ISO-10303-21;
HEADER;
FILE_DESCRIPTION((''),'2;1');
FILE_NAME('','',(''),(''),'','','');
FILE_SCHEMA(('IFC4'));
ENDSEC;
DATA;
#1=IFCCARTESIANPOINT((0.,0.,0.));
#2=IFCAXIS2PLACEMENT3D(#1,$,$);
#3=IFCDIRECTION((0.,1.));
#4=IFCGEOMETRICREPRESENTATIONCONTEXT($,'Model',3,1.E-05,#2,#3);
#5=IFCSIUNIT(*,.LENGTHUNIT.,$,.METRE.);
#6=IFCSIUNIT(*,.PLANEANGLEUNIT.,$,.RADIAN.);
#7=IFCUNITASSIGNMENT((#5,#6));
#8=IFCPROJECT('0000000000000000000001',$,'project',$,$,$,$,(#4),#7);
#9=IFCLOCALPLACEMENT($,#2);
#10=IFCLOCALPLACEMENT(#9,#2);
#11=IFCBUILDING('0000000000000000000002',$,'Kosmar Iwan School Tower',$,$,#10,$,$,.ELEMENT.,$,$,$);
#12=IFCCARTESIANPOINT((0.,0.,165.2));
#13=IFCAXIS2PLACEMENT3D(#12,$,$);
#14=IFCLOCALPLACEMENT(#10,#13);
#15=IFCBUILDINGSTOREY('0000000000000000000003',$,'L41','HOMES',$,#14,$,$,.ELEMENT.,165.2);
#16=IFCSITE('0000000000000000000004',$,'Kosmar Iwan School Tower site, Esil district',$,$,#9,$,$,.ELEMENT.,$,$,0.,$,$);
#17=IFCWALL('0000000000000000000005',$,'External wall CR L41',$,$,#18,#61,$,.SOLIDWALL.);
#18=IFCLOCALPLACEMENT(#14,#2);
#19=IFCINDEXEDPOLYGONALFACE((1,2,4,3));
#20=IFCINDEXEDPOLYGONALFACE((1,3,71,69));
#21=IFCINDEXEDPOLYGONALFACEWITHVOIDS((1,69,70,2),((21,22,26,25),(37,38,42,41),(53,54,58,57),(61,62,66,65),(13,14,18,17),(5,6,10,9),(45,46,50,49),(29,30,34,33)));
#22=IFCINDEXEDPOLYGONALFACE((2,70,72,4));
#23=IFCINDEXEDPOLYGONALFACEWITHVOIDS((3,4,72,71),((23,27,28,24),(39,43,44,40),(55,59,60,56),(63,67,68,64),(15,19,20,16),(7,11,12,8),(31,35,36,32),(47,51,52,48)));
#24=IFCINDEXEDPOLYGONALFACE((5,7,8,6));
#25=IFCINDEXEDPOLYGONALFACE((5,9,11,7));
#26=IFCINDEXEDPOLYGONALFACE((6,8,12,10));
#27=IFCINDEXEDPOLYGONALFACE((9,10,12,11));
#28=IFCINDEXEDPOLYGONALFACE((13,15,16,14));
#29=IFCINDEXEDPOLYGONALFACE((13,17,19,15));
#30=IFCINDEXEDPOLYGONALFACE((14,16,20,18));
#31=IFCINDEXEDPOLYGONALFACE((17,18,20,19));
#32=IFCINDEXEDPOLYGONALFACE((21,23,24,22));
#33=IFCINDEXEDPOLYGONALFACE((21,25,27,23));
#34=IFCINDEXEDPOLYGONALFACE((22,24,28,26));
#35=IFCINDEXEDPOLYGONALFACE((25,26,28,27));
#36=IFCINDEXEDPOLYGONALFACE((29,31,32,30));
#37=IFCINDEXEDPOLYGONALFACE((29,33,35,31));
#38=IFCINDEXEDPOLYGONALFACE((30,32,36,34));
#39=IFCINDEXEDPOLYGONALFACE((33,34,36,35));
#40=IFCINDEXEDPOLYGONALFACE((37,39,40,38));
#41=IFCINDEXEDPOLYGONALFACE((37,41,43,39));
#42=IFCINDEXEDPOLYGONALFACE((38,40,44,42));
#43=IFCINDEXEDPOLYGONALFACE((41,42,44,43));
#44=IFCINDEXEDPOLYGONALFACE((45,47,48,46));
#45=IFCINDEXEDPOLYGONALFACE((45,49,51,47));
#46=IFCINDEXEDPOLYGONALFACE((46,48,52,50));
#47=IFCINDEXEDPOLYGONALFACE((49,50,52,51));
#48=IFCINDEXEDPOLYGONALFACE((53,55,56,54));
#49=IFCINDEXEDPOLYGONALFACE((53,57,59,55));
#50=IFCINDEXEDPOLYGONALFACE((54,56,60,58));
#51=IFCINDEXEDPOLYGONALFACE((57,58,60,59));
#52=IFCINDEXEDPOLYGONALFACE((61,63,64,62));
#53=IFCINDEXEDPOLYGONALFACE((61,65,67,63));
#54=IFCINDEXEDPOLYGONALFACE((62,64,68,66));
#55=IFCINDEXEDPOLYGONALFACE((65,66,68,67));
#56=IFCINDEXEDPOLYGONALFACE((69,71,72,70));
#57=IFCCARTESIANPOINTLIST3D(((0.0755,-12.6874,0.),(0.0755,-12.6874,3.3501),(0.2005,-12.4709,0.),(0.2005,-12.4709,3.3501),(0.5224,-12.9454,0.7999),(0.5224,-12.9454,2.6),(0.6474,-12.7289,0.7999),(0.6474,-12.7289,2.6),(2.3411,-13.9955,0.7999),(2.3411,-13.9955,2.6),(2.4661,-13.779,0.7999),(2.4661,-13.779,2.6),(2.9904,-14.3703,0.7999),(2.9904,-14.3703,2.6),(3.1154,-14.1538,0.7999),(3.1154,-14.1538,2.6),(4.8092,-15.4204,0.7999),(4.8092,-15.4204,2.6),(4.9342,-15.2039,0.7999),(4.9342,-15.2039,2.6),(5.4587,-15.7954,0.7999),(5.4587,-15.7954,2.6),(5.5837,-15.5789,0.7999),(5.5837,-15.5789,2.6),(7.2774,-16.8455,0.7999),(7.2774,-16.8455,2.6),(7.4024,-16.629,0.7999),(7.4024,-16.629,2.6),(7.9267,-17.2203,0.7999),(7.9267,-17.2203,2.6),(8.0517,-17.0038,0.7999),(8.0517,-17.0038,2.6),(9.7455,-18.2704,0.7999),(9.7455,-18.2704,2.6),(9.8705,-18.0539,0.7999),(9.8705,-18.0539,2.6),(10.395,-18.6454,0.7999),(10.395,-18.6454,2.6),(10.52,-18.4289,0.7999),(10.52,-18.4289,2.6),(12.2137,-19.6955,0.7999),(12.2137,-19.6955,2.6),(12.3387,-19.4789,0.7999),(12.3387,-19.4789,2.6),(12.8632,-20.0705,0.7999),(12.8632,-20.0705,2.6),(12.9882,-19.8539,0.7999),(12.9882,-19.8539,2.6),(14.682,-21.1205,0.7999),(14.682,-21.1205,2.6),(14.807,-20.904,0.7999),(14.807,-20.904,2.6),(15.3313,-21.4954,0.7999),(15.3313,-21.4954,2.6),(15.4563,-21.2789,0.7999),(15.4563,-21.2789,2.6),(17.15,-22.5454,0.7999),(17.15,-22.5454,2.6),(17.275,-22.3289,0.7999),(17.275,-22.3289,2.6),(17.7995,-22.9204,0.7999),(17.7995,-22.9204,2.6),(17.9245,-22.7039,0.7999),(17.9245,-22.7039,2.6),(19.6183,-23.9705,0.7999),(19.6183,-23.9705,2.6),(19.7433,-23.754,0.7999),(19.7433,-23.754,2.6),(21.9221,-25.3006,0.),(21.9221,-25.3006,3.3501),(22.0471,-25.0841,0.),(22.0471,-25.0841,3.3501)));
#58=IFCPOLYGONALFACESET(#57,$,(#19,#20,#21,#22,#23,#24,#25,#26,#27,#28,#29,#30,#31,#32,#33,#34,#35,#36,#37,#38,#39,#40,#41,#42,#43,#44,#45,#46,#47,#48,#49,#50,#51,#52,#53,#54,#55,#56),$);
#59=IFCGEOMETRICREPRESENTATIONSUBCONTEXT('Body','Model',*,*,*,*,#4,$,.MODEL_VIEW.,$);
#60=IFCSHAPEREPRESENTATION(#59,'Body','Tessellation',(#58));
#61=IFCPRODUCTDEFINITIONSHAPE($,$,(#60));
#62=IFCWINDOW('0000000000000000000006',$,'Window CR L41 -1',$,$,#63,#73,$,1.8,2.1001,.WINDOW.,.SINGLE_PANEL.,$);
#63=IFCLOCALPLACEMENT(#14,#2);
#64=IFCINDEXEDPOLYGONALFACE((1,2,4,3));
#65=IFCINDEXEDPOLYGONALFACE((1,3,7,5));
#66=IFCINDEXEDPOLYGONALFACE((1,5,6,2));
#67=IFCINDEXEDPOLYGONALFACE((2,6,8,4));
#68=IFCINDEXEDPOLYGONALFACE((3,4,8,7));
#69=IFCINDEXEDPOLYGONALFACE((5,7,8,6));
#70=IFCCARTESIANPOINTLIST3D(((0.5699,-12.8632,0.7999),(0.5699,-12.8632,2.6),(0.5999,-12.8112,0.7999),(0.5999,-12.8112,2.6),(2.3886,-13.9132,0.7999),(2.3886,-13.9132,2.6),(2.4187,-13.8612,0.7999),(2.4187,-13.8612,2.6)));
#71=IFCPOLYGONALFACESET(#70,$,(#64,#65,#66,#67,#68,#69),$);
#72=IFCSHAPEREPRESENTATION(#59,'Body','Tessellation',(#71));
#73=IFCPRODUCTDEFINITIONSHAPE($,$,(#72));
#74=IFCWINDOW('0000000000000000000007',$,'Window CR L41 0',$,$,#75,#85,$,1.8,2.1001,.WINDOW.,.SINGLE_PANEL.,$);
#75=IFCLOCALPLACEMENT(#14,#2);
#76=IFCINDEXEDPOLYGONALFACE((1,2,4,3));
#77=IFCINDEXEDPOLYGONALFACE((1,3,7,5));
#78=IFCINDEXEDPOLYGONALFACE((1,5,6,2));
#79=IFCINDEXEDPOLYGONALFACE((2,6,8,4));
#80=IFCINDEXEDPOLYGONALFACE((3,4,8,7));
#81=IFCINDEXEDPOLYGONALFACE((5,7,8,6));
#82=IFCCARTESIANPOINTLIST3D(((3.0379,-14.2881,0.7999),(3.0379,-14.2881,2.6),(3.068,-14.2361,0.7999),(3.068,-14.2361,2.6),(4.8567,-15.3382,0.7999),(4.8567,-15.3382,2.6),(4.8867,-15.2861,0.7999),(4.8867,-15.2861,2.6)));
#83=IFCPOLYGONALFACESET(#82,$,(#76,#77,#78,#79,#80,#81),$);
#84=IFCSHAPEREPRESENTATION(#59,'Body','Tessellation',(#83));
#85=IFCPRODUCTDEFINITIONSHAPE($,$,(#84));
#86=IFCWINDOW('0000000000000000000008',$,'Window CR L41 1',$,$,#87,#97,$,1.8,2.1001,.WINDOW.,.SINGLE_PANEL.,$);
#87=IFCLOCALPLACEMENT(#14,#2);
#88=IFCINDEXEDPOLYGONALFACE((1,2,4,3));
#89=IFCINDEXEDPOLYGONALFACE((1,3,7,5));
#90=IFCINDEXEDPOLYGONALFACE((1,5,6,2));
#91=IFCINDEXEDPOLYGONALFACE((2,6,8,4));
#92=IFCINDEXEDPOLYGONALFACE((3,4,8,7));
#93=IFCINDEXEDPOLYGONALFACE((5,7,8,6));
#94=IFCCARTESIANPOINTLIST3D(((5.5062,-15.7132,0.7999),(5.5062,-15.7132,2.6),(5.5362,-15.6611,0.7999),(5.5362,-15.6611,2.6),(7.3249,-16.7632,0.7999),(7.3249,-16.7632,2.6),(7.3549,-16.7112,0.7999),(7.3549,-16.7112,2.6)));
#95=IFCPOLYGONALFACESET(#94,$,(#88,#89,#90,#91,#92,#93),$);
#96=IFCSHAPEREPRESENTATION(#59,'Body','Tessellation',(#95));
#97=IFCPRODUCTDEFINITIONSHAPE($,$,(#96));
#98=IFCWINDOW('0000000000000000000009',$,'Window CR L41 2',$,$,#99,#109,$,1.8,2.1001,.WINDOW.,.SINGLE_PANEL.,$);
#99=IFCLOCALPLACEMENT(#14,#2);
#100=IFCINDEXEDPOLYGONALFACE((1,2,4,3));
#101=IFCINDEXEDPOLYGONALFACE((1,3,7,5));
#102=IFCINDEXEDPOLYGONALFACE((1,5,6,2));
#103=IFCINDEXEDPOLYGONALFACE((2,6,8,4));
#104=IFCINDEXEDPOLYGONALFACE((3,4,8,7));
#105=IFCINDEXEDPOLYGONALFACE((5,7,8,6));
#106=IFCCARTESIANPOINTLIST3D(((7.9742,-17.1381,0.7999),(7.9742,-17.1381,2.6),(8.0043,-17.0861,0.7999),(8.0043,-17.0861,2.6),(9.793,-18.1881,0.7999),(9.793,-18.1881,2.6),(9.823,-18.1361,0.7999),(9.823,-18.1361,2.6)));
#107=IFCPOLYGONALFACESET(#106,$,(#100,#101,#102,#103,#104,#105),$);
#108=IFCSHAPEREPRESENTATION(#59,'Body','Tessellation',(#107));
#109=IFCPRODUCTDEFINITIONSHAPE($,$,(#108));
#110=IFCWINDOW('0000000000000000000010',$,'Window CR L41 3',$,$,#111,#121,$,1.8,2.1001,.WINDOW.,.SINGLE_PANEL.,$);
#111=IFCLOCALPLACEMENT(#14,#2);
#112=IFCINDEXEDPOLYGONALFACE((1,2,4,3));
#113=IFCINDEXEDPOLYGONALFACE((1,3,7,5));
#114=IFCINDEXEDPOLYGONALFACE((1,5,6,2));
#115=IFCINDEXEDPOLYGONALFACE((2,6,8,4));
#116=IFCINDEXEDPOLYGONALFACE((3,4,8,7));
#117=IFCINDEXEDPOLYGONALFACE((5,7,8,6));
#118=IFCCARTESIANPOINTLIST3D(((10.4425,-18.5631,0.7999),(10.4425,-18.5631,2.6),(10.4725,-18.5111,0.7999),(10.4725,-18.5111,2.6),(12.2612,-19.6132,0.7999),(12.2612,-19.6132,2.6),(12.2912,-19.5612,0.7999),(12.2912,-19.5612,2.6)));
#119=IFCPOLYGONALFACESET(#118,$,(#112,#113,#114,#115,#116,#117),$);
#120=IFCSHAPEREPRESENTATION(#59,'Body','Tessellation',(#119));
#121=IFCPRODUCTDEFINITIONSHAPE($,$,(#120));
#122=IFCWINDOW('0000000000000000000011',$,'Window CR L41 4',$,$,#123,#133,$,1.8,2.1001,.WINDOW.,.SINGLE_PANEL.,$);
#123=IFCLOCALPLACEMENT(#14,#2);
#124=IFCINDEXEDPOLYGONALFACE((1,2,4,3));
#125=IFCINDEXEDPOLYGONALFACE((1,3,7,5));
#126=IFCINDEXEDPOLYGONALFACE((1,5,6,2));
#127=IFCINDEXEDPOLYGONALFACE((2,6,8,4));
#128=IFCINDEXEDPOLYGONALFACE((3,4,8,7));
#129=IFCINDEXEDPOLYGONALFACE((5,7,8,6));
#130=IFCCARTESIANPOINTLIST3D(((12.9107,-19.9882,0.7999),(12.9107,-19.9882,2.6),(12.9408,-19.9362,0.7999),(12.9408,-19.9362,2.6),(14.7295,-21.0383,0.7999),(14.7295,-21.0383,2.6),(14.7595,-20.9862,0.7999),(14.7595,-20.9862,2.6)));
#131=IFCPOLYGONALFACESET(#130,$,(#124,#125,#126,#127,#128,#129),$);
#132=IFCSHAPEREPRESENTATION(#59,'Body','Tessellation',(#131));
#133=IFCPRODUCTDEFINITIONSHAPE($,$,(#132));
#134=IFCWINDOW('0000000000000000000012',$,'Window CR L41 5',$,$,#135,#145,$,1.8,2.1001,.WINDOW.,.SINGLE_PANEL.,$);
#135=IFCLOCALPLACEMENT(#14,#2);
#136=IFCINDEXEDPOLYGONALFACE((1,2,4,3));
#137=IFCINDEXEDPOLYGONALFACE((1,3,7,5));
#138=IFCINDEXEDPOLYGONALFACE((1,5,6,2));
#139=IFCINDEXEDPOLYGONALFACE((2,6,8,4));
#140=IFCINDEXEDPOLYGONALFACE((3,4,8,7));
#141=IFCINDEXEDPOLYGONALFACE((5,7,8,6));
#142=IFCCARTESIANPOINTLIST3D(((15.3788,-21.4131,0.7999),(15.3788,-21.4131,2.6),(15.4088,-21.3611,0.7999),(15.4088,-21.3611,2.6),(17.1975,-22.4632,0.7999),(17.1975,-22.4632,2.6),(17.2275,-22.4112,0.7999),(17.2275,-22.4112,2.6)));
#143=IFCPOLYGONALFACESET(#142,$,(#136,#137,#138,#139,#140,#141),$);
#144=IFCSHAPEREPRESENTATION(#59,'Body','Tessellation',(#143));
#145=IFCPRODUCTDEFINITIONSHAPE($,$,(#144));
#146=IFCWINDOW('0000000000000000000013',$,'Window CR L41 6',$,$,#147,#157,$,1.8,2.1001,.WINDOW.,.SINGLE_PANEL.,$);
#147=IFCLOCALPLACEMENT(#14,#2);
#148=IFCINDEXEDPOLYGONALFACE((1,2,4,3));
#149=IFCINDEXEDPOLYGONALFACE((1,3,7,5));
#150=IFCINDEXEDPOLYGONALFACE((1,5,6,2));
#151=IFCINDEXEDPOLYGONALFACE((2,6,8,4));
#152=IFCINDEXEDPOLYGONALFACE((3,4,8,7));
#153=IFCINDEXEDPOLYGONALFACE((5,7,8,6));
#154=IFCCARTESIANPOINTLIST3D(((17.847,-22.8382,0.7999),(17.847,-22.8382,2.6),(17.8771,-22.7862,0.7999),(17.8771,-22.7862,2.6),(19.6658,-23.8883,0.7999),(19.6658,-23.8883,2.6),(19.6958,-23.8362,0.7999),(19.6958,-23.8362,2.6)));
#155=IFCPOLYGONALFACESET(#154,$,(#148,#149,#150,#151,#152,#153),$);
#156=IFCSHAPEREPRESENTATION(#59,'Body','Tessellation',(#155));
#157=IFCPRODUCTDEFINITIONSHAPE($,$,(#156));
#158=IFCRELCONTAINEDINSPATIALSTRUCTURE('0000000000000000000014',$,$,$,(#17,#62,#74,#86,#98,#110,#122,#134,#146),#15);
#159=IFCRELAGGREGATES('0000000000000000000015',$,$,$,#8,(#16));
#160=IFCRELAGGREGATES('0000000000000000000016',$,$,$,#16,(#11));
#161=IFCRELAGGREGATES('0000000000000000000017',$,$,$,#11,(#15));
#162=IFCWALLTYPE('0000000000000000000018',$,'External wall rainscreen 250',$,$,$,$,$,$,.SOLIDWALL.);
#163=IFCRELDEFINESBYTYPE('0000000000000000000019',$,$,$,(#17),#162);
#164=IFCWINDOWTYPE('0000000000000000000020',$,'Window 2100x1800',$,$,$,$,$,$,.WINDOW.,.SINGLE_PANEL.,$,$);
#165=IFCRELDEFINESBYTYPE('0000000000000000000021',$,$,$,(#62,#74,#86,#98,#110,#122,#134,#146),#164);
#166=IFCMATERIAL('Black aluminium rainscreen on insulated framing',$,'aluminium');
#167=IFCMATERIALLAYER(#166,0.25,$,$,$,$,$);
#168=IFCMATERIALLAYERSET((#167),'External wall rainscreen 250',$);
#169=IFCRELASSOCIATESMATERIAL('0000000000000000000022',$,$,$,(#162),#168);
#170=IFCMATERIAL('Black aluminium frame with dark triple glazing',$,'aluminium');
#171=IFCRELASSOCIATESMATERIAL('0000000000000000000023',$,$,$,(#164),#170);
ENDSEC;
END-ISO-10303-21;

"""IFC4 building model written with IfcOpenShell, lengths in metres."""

from ifc_helpers import new_model, si_unit, direction, frame, frame_2d, origin, place, context, subcontext, project, spatial, rectangle, extrude, material, layer, layer_set, type_object, element, fill, save


model = new_model("IFC4")

# Units and contexts
model_context = context("Model", 3, precision=1e-05, world=origin(), true_north=direction((0.0, 1.0)))
body_context = subcontext(model_context, "Body", "Model", "MODEL_VIEW")
ifc_project = project(units=[si_unit("LENGTHUNIT", "METRE"), si_unit("PLANEANGLEUNIT", "RADIAN")], contexts=[model_context])

# Site, building, storey
site_placement = place(None, origin())
site = spatial("IfcSite", under=ifc_project, at=site_placement, Name="Kosmar Iwan School Tower site, Esil district", CompositionType="ELEMENT", RefElevation=0.0)
building_placement = place(site_placement, origin())
building = spatial("IfcBuilding", under=site, at=building_placement, Name="Kosmar Iwan School Tower", CompositionType="ELEMENT")
storey_placement = place(building_placement, frame((0.0, 0.0, 165.2)))
storey = spatial("IfcBuildingStorey", under=building, at=storey_placement, Name="L41", Description="HOMES", CompositionType="ELEMENT", Elevation=165.2)

# Wall, openings, windows
ifc_material_1 = material(Name="Black aluminium rainscreen on insulated framing", Category="aluminium")
ifc_layer = layer(ifc_material_1, 0.25)
ifc_layer_set = layer_set([ifc_layer], Name="External wall rainscreen 250")
wall_type = type_object("IfcWallType", Name="External wall rainscreen 250", PredefinedType="SOLIDWALL", material=ifc_layer_set)
ifc_material_2 = material(Name="Black aluminium frame with dark triple glazing", Category="aluminium")
window_type = type_object("IfcWindowType", Name="Window 2100x1800", PartitioningType="SINGLE_PANEL", PredefinedType="WINDOW", material=ifc_material_2)
wall_1_placement = place(storey_placement, frame((0.1379, -12.5791, 0.0), z_axis=(0.0, 0.0, 1.0), x_axis=(0.866024, -0.500003, 0.0)))
wall_1 = element("IfcWall", 1, at=wall_1_placement, inside=storey, type_object=wall_type, Name="External wall CR L41", PredefinedType="SOLIDWALL", context=body_context, shape_type="SweptSolid", body=[
    extrude(rectangle(XDim=25.2263, YDim=0.25, at=frame_2d((12.6133, 0.0))), origin(), (0.0, 0.0, 1.0), 3.3501),
])
opening_1_placement = place(wall_1_placement, frame((0.5161, 0.0, 0.8)))
opening_1 = element("IfcOpeningElement", 2, at=opening_1_placement, cuts=wall_1, PredefinedType="OPENING", context=body_context, shape_type="SweptSolid", body=[
    extrude(rectangle(XDim=2.1001, YDim=1.8, at=frame_2d((1.05, 0.8999))), frame((0.0, 0.137, 0.0), z_axis=(0.0, -1.0, 0.0), x_axis=(1.0, 0.0, 0.0)), (0.0, 0.0, 1.0), 0.2739),
])
opening_2_placement = place(wall_1_placement, frame((3.366, 0.0, 0.8)))
opening_2 = element("IfcOpeningElement", 3, at=opening_2_placement, cuts=wall_1, PredefinedType="OPENING", context=body_context, shape_type="SweptSolid", body=[
    extrude(rectangle(XDim=2.1001, YDim=1.8, at=frame_2d((1.05, 0.8999))), frame((0.0, 0.137, 0.0), z_axis=(0.0, -1.0, 0.0), x_axis=(1.0, 0.0, 0.0)), (0.0, 0.0, 1.0), 0.2739),
])
opening_3_placement = place(wall_1_placement, frame((6.2161, 0.0, 0.8)))
opening_3 = element("IfcOpeningElement", 4, at=opening_3_placement, cuts=wall_1, PredefinedType="OPENING", context=body_context, shape_type="SweptSolid", body=[
    extrude(rectangle(XDim=2.1001, YDim=1.8, at=frame_2d((1.05, 0.8999))), frame((0.0, 0.137, 0.0), z_axis=(0.0, -1.0, 0.0), x_axis=(1.0, 0.0, 0.0)), (0.0, 0.0, 1.0), 0.2739),
])
opening_4_placement = place(wall_1_placement, frame((9.0659, 0.0, 0.8)))
opening_4 = element("IfcOpeningElement", 5, at=opening_4_placement, cuts=wall_1, PredefinedType="OPENING", context=body_context, shape_type="SweptSolid", body=[
    extrude(rectangle(XDim=2.1001, YDim=1.8, at=frame_2d((1.05, 0.8999))), frame((0.0, 0.137, 0.0), z_axis=(0.0, -1.0, 0.0), x_axis=(1.0, 0.0, 0.0)), (0.0, 0.0, 1.0), 0.2739),
])
opening_5_placement = place(wall_1_placement, frame((11.916, 0.0, 0.8)))
opening_5 = element("IfcOpeningElement", 6, at=opening_5_placement, cuts=wall_1, PredefinedType="OPENING", context=body_context, shape_type="SweptSolid", body=[
    extrude(rectangle(XDim=2.1001, YDim=1.8, at=frame_2d((1.05, 0.8999))), frame((0.0, 0.137, 0.0), z_axis=(0.0, -1.0, 0.0), x_axis=(1.0, 0.0, 0.0)), (0.0, 0.0, 1.0), 0.2739),
])
opening_6_placement = place(wall_1_placement, frame((14.7661, 0.0, 0.8)))
opening_6 = element("IfcOpeningElement", 7, at=opening_6_placement, cuts=wall_1, PredefinedType="OPENING", context=body_context, shape_type="SweptSolid", body=[
    extrude(rectangle(XDim=2.1001, YDim=1.8, at=frame_2d((1.05, 0.8999))), frame((0.0, 0.137, 0.0), z_axis=(0.0, -1.0, 0.0), x_axis=(1.0, 0.0, 0.0)), (0.0, 0.0, 1.0), 0.2739),
])
opening_7_placement = place(wall_1_placement, frame((17.616, 0.0, 0.8)))
opening_7 = element("IfcOpeningElement", 8, at=opening_7_placement, cuts=wall_1, PredefinedType="OPENING", context=body_context, shape_type="SweptSolid", body=[
    extrude(rectangle(XDim=2.1001, YDim=1.8, at=frame_2d((1.05, 0.8999))), frame((0.0, 0.137, 0.0), z_axis=(0.0, -1.0, 0.0), x_axis=(1.0, 0.0, 0.0)), (0.0, 0.0, 1.0), 0.2739),
])
opening_8_placement = place(wall_1_placement, frame((20.4661, 0.0, 0.8)))
opening_8 = element("IfcOpeningElement", 9, at=opening_8_placement, cuts=wall_1, PredefinedType="OPENING", context=body_context, shape_type="SweptSolid", body=[
    extrude(rectangle(XDim=2.1001, YDim=1.8, at=frame_2d((1.05, 0.8999))), frame((0.0, 0.137, 0.0), z_axis=(0.0, -1.0, 0.0), x_axis=(1.0, 0.0, 0.0)), (0.0, 0.0, 1.0), 0.2739),
])
window_1_placement = place(opening_1_placement, origin())
window_1 = element("IfcWindow", 10, at=window_1_placement, inside=storey, type_object=window_type, Name="Window CR L41 -1", OverallHeight=1.8, OverallWidth=2.1001, PartitioningType="SINGLE_PANEL", PredefinedType="WINDOW", context=body_context, shape_type="SweptSolid", body=[
    extrude(rectangle(XDim=2.1001, YDim=1.8, at=frame_2d((1.05, 0.8999))), frame((0.0, 0.03, 0.0), z_axis=(0.0, -1.0, 0.0), x_axis=(1.0, 0.0, 0.0)), (0.0, 0.0, 1.0), 0.0601),
])
fill(opening_1, window_1)
window_2_placement = place(opening_2_placement, origin())
window_2 = element("IfcWindow", 11, at=window_2_placement, inside=storey, type_object=window_type, Name="Window CR L41 0", OverallHeight=1.8, OverallWidth=2.1001, PartitioningType="SINGLE_PANEL", PredefinedType="WINDOW", context=body_context, shape_type="SweptSolid", body=[
    extrude(rectangle(XDim=2.1001, YDim=1.8, at=frame_2d((1.05, 0.8999))), frame((0.0, 0.03, 0.0), z_axis=(0.0, -1.0, 0.0), x_axis=(1.0, 0.0, 0.0)), (0.0, 0.0, 1.0), 0.0601),
])
fill(opening_2, window_2)
window_3_placement = place(opening_3_placement, origin())
window_3 = element("IfcWindow", 12, at=window_3_placement, inside=storey, type_object=window_type, Name="Window CR L41 1", OverallHeight=1.8, OverallWidth=2.1001, PartitioningType="SINGLE_PANEL", PredefinedType="WINDOW", context=body_context, shape_type="SweptSolid", body=[
    extrude(rectangle(XDim=2.1001, YDim=1.8, at=frame_2d((1.05, 0.8999))), frame((0.0, 0.03, 0.0), z_axis=(0.0, -1.0, 0.0), x_axis=(1.0, 0.0, 0.0)), (0.0, 0.0, 1.0), 0.0601),
])
fill(opening_3, window_3)
window_4_placement = place(opening_4_placement, origin())
window_4 = element("IfcWindow", 13, at=window_4_placement, inside=storey, type_object=window_type, Name="Window CR L41 2", OverallHeight=1.8, OverallWidth=2.1001, PartitioningType="SINGLE_PANEL", PredefinedType="WINDOW", context=body_context, shape_type="SweptSolid", body=[
    extrude(rectangle(XDim=2.1001, YDim=1.8, at=frame_2d((1.05, 0.8999))), frame((0.0, 0.03, 0.0), z_axis=(0.0, -1.0, 0.0), x_axis=(1.0, 0.0, 0.0)), (0.0, 0.0, 1.0), 0.0601),
])
fill(opening_4, window_4)
window_5_placement = place(opening_5_placement, origin())
window_5 = element("IfcWindow", 14, at=window_5_placement, inside=storey, type_object=window_type, Name="Window CR L41 3", OverallHeight=1.8, OverallWidth=2.1001, PartitioningType="SINGLE_PANEL", PredefinedType="WINDOW", context=body_context, shape_type="SweptSolid", body=[
    extrude(rectangle(XDim=2.1001, YDim=1.8, at=frame_2d((1.05, 0.8999))), frame((0.0, 0.03, 0.0), z_axis=(0.0, -1.0, 0.0), x_axis=(1.0, 0.0, 0.0)), (0.0, 0.0, 1.0), 0.0601),
])
fill(opening_5, window_5)
window_6_placement = place(opening_6_placement, origin())
window_6 = element("IfcWindow", 15, at=window_6_placement, inside=storey, type_object=window_type, Name="Window CR L41 4", OverallHeight=1.8, OverallWidth=2.1001, PartitioningType="SINGLE_PANEL", PredefinedType="WINDOW", context=body_context, shape_type="SweptSolid", body=[
    extrude(rectangle(XDim=2.1001, YDim=1.8, at=frame_2d((1.05, 0.8999))), frame((0.0, 0.03, 0.0), z_axis=(0.0, -1.0, 0.0), x_axis=(1.0, 0.0, 0.0)), (0.0, 0.0, 1.0), 0.0601),
])
fill(opening_6, window_6)
window_7_placement = place(opening_7_placement, origin())
window_7 = element("IfcWindow", 16, at=window_7_placement, inside=storey, type_object=window_type, Name="Window CR L41 5", OverallHeight=1.8, OverallWidth=2.1001, PartitioningType="SINGLE_PANEL", PredefinedType="WINDOW", context=body_context, shape_type="SweptSolid", body=[
    extrude(rectangle(XDim=2.1001, YDim=1.8, at=frame_2d((1.05, 0.8999))), frame((0.0, 0.03, 0.0), z_axis=(0.0, -1.0, 0.0), x_axis=(1.0, 0.0, 0.0)), (0.0, 0.0, 1.0), 0.0601),
])
fill(opening_7, window_7)
window_8_placement = place(opening_8_placement, origin())
window_8 = element("IfcWindow", 17, at=window_8_placement, inside=storey, type_object=window_type, Name="Window CR L41 6", OverallHeight=1.8, OverallWidth=2.1001, PartitioningType="SINGLE_PANEL", PredefinedType="WINDOW", context=body_context, shape_type="SweptSolid", body=[
    extrude(rectangle(XDim=2.1001, YDim=1.8, at=frame_2d((1.05, 0.8999))), frame((0.0, 0.03, 0.0), z_axis=(0.0, -1.0, 0.0), x_axis=(1.0, 0.0, 0.0)), (0.0, 0.0, 1.0), 0.0601),
])
fill(opening_8, window_8)

save(model, "model.ifc")
